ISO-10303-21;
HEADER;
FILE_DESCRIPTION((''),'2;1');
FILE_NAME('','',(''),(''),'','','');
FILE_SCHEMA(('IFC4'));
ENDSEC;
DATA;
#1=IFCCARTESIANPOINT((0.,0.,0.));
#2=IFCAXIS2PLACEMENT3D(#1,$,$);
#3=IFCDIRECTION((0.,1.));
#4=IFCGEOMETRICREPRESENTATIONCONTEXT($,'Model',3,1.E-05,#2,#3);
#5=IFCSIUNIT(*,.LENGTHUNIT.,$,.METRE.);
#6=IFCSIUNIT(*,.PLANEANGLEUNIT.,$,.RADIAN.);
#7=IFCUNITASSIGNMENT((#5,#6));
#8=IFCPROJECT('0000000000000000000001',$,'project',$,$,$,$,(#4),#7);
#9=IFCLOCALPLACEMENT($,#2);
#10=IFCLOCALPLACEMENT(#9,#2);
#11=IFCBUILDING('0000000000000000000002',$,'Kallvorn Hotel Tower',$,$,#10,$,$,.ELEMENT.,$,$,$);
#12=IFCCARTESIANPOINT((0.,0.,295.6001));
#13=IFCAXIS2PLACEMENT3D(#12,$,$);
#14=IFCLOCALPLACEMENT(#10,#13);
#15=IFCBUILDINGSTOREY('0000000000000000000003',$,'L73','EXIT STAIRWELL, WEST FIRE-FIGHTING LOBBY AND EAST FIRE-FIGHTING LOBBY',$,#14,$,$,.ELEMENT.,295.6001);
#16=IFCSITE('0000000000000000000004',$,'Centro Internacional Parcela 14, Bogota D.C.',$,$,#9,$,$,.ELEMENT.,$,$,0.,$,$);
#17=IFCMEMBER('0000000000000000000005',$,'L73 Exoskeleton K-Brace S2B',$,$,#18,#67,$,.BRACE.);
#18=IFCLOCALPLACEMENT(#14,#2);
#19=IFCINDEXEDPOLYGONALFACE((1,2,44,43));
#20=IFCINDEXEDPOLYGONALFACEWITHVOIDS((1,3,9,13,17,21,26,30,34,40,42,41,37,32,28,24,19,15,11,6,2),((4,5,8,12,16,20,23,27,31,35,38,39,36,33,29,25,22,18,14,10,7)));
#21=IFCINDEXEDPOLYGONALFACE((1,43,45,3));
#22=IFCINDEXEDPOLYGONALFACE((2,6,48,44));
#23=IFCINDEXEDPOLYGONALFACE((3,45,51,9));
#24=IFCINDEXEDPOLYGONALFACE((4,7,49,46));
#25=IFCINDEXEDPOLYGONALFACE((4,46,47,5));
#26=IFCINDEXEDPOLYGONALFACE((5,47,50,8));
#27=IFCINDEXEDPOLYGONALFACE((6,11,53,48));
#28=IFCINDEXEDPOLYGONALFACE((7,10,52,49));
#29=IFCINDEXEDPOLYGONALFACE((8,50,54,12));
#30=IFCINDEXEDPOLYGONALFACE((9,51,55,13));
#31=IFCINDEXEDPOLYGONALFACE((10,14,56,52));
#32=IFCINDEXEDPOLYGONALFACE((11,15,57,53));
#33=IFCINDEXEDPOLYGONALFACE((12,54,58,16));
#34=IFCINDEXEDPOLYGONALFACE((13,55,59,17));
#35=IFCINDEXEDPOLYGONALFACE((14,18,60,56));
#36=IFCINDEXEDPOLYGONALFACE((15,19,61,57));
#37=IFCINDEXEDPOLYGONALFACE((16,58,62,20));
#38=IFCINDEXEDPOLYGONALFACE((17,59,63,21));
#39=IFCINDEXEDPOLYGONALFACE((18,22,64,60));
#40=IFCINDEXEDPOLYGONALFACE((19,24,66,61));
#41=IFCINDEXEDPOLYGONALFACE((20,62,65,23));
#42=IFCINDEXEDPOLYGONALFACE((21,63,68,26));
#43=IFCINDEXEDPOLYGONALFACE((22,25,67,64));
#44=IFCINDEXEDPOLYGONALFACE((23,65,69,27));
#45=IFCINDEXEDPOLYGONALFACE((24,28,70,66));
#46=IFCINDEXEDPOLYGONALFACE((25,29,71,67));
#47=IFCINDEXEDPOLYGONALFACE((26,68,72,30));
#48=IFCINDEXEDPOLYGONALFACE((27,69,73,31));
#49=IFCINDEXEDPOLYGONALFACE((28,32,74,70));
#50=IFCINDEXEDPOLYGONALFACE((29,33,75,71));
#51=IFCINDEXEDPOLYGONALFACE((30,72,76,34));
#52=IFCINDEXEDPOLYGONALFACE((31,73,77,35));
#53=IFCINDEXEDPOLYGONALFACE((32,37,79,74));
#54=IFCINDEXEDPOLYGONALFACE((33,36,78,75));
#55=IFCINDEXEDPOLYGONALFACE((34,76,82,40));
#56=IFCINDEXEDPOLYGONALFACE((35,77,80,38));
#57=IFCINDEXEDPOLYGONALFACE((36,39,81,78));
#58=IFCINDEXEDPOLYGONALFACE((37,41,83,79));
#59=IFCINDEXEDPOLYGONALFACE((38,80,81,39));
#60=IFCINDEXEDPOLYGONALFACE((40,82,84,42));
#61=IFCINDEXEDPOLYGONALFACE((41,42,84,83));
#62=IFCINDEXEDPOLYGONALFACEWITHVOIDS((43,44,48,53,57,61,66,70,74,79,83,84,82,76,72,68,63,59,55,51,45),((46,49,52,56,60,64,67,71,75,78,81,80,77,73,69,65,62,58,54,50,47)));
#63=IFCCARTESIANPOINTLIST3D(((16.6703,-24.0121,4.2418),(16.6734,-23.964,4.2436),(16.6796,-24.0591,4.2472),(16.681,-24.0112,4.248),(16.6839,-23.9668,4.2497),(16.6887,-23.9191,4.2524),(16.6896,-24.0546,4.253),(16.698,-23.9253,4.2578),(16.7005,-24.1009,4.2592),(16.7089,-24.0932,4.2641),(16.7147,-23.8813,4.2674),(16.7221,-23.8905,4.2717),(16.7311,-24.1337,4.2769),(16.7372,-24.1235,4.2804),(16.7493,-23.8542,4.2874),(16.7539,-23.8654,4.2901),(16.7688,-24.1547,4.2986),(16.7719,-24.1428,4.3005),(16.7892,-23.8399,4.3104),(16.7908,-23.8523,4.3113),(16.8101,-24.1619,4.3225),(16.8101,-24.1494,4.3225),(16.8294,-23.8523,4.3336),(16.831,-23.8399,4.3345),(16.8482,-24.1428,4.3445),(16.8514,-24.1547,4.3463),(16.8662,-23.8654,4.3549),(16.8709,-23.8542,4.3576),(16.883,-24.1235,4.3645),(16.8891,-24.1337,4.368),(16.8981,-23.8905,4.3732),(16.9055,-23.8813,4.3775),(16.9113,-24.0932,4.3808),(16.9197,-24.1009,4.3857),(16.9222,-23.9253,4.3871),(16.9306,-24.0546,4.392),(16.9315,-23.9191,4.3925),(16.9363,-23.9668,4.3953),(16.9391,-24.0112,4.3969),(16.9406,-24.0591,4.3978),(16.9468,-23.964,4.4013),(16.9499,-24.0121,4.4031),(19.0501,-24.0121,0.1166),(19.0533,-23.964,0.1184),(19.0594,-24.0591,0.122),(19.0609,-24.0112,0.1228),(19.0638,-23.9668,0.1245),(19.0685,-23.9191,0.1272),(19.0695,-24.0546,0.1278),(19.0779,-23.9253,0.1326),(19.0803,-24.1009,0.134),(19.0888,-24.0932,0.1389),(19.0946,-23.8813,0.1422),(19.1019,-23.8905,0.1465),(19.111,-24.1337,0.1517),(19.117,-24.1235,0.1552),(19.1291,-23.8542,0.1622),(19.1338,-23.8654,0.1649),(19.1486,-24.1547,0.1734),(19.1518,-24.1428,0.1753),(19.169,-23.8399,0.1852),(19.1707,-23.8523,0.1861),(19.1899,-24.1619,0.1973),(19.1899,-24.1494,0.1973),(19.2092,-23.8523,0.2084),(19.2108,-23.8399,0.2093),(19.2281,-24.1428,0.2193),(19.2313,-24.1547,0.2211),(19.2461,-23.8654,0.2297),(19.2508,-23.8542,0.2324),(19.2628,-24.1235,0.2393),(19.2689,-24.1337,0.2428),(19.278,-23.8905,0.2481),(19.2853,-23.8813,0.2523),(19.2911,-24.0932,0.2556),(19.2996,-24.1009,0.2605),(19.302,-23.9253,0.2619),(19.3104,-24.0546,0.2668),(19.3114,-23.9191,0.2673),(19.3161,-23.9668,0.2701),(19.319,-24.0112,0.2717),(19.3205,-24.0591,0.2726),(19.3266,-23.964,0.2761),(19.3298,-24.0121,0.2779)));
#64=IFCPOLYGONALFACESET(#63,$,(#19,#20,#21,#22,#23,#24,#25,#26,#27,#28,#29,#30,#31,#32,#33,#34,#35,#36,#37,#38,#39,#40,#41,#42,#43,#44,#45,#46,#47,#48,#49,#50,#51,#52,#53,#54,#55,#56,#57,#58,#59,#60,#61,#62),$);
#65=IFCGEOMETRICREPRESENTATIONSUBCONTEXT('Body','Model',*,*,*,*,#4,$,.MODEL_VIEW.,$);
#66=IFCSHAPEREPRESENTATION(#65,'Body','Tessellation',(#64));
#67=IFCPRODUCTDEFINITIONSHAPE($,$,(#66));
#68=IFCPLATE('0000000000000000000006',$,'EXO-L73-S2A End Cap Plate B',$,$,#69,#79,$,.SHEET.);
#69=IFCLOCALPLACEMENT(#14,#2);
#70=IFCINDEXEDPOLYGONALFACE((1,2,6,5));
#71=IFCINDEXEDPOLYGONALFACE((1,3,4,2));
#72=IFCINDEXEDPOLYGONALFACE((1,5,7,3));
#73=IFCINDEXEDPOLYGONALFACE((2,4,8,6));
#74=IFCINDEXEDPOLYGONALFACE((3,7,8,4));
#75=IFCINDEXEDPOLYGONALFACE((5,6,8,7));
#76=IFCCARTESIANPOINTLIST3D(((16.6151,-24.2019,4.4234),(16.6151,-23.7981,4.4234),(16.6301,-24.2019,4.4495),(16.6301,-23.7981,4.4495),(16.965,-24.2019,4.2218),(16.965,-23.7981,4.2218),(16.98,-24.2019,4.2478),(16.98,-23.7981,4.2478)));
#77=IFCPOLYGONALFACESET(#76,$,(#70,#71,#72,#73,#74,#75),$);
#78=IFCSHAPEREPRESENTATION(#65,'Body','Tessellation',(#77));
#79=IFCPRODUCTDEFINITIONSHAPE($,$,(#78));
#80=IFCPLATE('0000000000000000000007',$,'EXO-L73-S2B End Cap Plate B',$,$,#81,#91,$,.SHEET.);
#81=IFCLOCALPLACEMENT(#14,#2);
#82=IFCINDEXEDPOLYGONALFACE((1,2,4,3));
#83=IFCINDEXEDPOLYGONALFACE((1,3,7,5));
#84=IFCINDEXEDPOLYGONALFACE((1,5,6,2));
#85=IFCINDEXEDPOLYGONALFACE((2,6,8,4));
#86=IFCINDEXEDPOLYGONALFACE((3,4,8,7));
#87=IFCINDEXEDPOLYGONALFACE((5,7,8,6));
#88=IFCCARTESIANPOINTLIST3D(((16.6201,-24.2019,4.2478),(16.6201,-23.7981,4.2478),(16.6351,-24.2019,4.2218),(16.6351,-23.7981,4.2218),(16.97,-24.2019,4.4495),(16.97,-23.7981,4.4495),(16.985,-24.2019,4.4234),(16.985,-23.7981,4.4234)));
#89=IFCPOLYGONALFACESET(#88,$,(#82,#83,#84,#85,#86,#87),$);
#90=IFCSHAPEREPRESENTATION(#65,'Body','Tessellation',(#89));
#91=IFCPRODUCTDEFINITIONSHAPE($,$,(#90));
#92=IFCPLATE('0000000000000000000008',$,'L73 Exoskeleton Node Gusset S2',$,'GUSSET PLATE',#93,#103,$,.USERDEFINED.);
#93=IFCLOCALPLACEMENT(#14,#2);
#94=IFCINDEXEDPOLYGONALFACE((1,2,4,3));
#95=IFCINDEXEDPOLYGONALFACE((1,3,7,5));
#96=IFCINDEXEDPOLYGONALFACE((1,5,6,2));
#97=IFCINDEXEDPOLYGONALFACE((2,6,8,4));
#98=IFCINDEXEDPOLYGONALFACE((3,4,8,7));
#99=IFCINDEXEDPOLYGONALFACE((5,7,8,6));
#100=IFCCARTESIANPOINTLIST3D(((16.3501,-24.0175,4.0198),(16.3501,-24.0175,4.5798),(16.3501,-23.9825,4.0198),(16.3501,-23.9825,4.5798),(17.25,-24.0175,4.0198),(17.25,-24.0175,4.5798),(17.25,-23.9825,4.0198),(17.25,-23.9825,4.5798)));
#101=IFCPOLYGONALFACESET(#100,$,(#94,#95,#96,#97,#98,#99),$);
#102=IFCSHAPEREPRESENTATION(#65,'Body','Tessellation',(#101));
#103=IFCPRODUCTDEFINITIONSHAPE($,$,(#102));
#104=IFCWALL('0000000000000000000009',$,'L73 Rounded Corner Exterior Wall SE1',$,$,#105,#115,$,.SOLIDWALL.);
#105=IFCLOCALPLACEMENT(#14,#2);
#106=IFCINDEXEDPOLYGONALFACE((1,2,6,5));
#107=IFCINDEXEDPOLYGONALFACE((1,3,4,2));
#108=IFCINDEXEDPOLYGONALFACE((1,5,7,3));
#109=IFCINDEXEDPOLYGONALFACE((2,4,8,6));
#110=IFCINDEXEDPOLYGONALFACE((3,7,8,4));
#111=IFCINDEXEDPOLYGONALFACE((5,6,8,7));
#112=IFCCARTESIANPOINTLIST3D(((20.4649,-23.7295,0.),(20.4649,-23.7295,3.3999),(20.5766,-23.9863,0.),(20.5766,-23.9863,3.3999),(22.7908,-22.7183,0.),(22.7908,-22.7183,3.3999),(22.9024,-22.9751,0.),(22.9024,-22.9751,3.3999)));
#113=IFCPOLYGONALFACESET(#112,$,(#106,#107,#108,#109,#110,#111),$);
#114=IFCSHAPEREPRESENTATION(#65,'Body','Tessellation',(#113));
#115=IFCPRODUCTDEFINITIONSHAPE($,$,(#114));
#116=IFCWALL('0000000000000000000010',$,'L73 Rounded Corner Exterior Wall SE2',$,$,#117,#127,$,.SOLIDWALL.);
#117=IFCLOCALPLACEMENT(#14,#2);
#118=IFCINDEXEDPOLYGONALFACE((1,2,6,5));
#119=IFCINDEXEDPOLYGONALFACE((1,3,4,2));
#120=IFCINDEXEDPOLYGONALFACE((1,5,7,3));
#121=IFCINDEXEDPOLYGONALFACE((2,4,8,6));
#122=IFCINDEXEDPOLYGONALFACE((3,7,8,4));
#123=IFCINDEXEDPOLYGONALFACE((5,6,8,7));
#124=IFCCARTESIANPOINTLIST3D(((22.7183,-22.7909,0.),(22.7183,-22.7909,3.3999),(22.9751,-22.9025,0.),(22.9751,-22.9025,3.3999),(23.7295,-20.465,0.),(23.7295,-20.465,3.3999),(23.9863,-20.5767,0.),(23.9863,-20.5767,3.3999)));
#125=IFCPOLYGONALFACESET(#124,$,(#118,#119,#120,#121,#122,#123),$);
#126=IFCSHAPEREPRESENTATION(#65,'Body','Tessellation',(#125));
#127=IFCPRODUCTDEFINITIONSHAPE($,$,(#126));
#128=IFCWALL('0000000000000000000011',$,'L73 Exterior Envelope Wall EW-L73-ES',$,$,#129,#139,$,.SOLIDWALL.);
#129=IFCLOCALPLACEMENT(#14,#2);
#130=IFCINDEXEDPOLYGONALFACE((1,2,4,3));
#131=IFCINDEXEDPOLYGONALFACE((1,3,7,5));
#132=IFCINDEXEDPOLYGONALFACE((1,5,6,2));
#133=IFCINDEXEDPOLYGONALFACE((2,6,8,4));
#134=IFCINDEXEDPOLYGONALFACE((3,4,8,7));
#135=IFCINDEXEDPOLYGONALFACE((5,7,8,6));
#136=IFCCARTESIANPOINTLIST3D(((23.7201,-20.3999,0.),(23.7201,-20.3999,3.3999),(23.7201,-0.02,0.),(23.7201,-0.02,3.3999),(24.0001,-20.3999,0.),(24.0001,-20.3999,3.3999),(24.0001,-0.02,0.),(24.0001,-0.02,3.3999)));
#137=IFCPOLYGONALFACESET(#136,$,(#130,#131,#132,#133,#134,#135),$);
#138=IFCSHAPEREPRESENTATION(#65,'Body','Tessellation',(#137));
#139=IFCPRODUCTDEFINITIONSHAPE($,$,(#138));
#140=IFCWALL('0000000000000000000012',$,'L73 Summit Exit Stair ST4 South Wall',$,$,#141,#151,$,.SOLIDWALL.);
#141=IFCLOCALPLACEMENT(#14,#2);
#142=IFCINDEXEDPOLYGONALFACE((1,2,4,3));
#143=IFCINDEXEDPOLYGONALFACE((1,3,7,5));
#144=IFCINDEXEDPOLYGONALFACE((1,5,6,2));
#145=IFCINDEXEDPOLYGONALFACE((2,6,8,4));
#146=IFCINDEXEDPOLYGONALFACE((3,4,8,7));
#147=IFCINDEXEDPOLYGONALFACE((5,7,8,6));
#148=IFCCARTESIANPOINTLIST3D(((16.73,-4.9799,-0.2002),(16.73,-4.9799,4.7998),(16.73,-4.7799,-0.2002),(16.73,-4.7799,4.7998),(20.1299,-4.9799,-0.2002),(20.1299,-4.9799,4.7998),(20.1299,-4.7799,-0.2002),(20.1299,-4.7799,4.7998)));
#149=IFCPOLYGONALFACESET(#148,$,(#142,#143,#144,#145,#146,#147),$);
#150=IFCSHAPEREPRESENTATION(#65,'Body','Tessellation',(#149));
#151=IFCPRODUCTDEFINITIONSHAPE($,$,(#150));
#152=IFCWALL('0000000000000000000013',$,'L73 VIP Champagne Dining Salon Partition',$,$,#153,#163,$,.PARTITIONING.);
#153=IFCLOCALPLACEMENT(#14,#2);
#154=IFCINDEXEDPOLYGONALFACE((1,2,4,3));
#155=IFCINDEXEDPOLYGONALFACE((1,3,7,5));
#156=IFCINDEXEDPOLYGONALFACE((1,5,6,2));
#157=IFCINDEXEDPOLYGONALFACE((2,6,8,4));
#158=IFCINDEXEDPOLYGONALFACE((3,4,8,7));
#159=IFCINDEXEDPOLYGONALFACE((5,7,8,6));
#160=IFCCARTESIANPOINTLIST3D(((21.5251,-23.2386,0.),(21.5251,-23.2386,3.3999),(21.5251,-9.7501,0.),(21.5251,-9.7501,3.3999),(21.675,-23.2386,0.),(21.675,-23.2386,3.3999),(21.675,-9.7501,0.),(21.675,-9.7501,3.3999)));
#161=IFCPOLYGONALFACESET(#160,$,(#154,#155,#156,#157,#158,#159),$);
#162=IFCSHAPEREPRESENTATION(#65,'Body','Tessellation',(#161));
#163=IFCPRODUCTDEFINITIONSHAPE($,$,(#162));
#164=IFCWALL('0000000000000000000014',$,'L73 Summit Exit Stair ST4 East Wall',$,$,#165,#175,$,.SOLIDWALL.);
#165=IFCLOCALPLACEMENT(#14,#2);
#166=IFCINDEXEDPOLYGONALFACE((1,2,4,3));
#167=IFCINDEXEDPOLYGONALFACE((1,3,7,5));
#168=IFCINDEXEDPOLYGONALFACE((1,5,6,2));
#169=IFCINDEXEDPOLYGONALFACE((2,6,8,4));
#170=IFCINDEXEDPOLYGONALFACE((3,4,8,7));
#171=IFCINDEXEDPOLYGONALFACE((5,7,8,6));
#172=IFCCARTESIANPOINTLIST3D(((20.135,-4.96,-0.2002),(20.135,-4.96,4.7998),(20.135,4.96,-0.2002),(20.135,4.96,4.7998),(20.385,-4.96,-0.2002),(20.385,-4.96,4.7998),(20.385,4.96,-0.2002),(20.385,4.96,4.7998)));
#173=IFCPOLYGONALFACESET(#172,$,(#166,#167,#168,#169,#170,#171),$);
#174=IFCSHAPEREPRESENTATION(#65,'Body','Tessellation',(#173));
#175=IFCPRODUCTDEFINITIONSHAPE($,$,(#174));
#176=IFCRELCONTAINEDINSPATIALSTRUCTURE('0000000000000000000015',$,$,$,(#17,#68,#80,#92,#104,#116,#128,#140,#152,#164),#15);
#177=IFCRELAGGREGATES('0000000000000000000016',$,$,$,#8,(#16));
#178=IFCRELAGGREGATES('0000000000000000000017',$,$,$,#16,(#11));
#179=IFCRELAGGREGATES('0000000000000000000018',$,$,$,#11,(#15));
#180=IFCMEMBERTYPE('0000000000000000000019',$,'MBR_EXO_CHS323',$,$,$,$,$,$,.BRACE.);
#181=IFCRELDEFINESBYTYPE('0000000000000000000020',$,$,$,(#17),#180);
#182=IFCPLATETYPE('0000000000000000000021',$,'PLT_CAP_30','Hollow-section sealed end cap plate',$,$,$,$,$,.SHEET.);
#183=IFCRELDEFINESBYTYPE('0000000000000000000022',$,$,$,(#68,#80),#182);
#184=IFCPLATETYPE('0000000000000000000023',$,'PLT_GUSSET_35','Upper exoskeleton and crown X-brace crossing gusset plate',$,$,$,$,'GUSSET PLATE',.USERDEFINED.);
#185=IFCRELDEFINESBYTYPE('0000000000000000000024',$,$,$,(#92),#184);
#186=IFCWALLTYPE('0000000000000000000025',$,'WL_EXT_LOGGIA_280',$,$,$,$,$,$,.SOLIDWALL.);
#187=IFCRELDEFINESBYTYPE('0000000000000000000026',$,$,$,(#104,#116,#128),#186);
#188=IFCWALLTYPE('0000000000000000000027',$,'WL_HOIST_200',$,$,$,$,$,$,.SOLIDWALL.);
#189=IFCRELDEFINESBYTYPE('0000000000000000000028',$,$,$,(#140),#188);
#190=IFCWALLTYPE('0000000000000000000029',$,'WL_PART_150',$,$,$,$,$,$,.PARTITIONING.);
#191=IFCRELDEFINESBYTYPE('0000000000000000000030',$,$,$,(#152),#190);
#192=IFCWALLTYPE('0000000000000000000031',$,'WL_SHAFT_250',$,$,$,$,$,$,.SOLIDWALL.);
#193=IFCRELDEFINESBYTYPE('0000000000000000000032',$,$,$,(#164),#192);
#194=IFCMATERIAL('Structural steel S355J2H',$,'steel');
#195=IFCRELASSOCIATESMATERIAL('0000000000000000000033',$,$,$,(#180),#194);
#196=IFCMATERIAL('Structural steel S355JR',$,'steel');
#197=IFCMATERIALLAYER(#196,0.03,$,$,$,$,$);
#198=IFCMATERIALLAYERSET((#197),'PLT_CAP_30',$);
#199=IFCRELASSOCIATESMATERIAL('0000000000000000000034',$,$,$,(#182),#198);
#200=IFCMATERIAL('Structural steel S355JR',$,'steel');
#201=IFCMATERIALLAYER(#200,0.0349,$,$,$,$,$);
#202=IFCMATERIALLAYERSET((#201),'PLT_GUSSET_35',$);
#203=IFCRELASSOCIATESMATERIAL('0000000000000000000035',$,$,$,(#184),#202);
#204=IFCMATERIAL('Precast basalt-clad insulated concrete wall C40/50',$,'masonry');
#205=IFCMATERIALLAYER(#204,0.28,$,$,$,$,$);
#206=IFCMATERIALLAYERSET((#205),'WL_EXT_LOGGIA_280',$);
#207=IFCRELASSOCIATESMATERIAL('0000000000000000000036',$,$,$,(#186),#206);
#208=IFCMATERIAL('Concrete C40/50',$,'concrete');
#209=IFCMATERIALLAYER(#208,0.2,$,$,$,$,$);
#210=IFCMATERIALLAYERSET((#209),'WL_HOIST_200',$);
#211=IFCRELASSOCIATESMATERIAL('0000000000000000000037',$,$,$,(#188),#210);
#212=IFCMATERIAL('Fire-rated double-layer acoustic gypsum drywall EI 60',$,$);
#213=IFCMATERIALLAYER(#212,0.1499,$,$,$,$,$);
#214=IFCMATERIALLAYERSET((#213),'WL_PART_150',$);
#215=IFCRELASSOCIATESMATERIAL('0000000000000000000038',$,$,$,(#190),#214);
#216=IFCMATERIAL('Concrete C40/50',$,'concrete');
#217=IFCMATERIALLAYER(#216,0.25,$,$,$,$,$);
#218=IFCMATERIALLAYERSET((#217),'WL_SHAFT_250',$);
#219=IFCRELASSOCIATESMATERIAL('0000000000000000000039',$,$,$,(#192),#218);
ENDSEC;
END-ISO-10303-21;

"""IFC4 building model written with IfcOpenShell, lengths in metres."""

from ifc_helpers import new_model, si_unit, direction, frame, frame_2d, origin, origin_2d, place, context, subcontext, project, spatial, polyline, rectangle, hollow_circle, outline, extrude, material, layer, layer_set, material_profile, profile_set, type_object, element, save


model = new_model("IFC4")

# Units and contexts
model_context = context("Model", 3, precision=1e-05, world=origin(), true_north=direction((0.0, 1.0)))
body_context = subcontext(model_context, "Body", "Model", "MODEL_VIEW")
ifc_project = project(units=[si_unit("LENGTHUNIT", "METRE"), si_unit("PLANEANGLEUNIT", "RADIAN")], contexts=[model_context])

# Site, building, storey
site_placement = place(None, origin())
site = spatial("IfcSite", under=ifc_project, at=site_placement, Name="Centro Internacional Parcela 14, Bogota D.C.", CompositionType="ELEMENT", RefElevation=0.0)
building_placement = place(site_placement, origin())
building = spatial("IfcBuilding", under=site, at=building_placement, Name="Kallvorn Hotel Tower", CompositionType="ELEMENT")
storey_placement = place(building_placement, frame((0.0, 0.0, 295.6001)))
storey = spatial("IfcBuildingStorey", under=building, at=storey_placement, Name="L73", Description="EXIT STAIRWELL, WEST FIRE-FIGHTING LOBBY AND EAST FIRE-FIGHTING LOBBY", CompositionType="ELEMENT", Elevation=295.6001)

# Member
ifc_material_1 = material(Name="Structural steel S355J2H", Category="steel")
ifc_material_profile_1 = material_profile(ifc_material_1, hollow_circle(Radius=0.1619, WallThickness=0.0125, at=origin_2d()), Name="CHS 323.9x12.5")
ifc_profile_set_1 = profile_set([ifc_material_profile_1], Name="Structural steel S355J2H")
member_type = type_object("IfcMemberType", Name="MBR_EXO_CHS323", PredefinedType="BRACE", material=ifc_profile_set_1)
member_1_placement = place(storey_placement, frame((19.1899, -24.0, 0.1973), z_axis=(-0.499712, 0.0, 0.866192), x_axis=(0.0, -1.0, 0.0)))
element("IfcMember", 1, at=member_1_placement, inside=storey, type_object=member_type, Name="L73 Exoskeleton K-Brace S2B", PredefinedType="BRACE", context=body_context, shape_type="SweptSolid", body=[
    extrude(hollow_circle(Radius=0.1619, WallThickness=0.0125, at=origin_2d()), origin(), (0.0, 0.0, 1.0), 4.7625),
])

# Plates
ifc_material_2 = material(Name="Structural steel S355JR", Category="steel")
ifc_layer_1 = layer(ifc_material_2, 0.03)
ifc_layer_set_1 = layer_set([ifc_layer_1], Name="PLT_CAP_30")
plate_type_1 = type_object("IfcPlateType", Name="PLT_CAP_30", Description="Hollow-section sealed end cap plate", PredefinedType="SHEET", material=ifc_layer_set_1)
for number, where, z_axis, x_axis, name in (
    (2, (16.98, -24.2019, 4.2478), (0.499391, 0.0, 0.866377), (0.0, 1.0, 0.0), "EXO-L73-S2A End Cap Plate B"),
    (3, (16.6201, -23.7981, 4.2478), (-0.499391, 0.0, 0.866377), (0.0, -1.0, 0.0), "EXO-L73-S2B End Cap Plate B"),
):
    element("IfcPlate", number, at=place(storey_placement, frame(where, z_axis=z_axis, x_axis=x_axis)), inside=storey, type_object=plate_type_1, Name=name, PredefinedType="SHEET", context=body_context, shape_type="SweptSolid", body=[
        extrude(outline(polyline([(0.0, 0.0), (0.4038, 0.0), (0.4038, 0.4038), (0.0, 0.4038), (0.0, 0.0)])), origin(), (0.0, 0.0, -1.0), 0.03),
    ])
ifc_material_3 = material(Name="Structural steel S355JR", Category="steel")
ifc_layer_2 = layer(ifc_material_3, 0.0349)
ifc_layer_set_2 = layer_set([ifc_layer_2], Name="PLT_GUSSET_35")
plate_type_2 = type_object("IfcPlateType", Name="PLT_GUSSET_35", Description="Upper exoskeleton and crown X-brace crossing gusset plate", ElementType="GUSSET PLATE", PredefinedType="USERDEFINED", material=ifc_layer_set_2)
plate_placement = place(storey_placement, frame((16.8, -24.0, 4.0198), z_axis=(0.0, 0.0, 1.0), x_axis=(1.0, 0.0, 0.0)))
element("IfcPlate", 4, at=plate_placement, inside=storey, type_object=plate_type_2, Name="L73 Exoskeleton Node Gusset S2", ObjectType="GUSSET PLATE", PredefinedType="USERDEFINED", context=body_context, shape_type="SweptSolid", body=[
    extrude(rectangle(XDim=0.8999, YDim=0.0349, at=origin_2d()), origin(), (0.0, 0.0, 1.0), 0.5601),
])

# Walls
ifc_material_4 = material(Name="Precast basalt-clad insulated concrete wall C40/50", Category="masonry")
ifc_layer_3 = layer(ifc_material_4, 0.28)
ifc_layer_set_3 = layer_set([ifc_layer_3], Name="WL_EXT_LOGGIA_280")
wall_type_1 = type_object("IfcWallType", Name="WL_EXT_LOGGIA_280", PredefinedType="SOLIDWALL", material=ifc_layer_set_3)
for number, where, z_axis, x_axis, name in (
    (5, (20.5208, -23.8579, 0.0), (0.0, 0.0, 1.0), (0.917076, 0.398712, 0.0), "L73 Rounded Corner Exterior Wall SE1"),
    (6, (22.8467, -22.8467, 0.0), (0.0, 0.0, 1.0), (0.398712, 0.917076, 0.0), "L73 Rounded Corner Exterior Wall SE2"),
):
    element("IfcWall", number, at=place(storey_placement, frame(where, z_axis=z_axis, x_axis=x_axis)), inside=storey, type_object=wall_type_1, Name=name, PredefinedType="SOLIDWALL", context=body_context, shape_type="SweptSolid", body=[
        extrude(rectangle(XDim=2.5361, YDim=0.28, at=frame_2d((1.2681, 0.0))), origin(), (0.0, 0.0, 1.0), 3.3999),
    ])
wall_1_placement = place(storey_placement, frame((23.8601, -20.3999, 0.0), z_axis=(0.0, 0.0, 1.0), x_axis=(0.0, 1.0, 0.0)))
element("IfcWall", 7, at=wall_1_placement, inside=storey, type_object=wall_type_1, Name="L73 Exterior Envelope Wall EW-L73-ES", PredefinedType="SOLIDWALL", context=body_context, shape_type="SweptSolid", body=[
    extrude(rectangle(XDim=20.3799, YDim=0.28, at=frame_2d((10.1899, 0.0))), origin(), (0.0, 0.0, 1.0), 3.3999),
])
ifc_material_5 = material(Name="Concrete C40/50", Category="concrete")
ifc_layer_4 = layer(ifc_material_5, 0.2)
ifc_layer_set_4 = layer_set([ifc_layer_4], Name="WL_HOIST_200")
wall_type_2 = type_object("IfcWallType", Name="WL_HOIST_200", PredefinedType="SOLIDWALL", material=ifc_layer_set_4)
wall_2_placement = place(storey_placement, frame((16.73, -4.8799, -0.2002), z_axis=(0.0, 0.0, 1.0), x_axis=(1.0, 0.0, 0.0)))
element("IfcWall", 8, at=wall_2_placement, inside=storey, type_object=wall_type_2, Name="L73 Summit Exit Stair ST4 South Wall", PredefinedType="SOLIDWALL", context=body_context, shape_type="SweptSolid", body=[
    extrude(rectangle(XDim=3.3999, YDim=0.2, at=frame_2d((1.7, 0.0))), origin(), (0.0, 0.0, 1.0), 5.0),
])
ifc_material_6 = material(Name="Fire-rated double-layer acoustic gypsum drywall EI 60")
ifc_layer_5 = layer(ifc_material_6, 0.1499)
ifc_layer_set_5 = layer_set([ifc_layer_5], Name="WL_PART_150")
wall_type_3 = type_object("IfcWallType", Name="WL_PART_150", PredefinedType="PARTITIONING", material=ifc_layer_set_5)
wall_3_placement = place(storey_placement, frame((21.6001, -23.2385, 0.0), z_axis=(0.0, 0.0, 1.0), x_axis=(0.0, 1.0, 0.0)))
element("IfcWall", 9, at=wall_3_placement, inside=storey, type_object=wall_type_3, Name="L73 VIP Champagne Dining Salon Partition", PredefinedType="PARTITIONING", context=body_context, shape_type="SweptSolid", body=[
    extrude(rectangle(XDim=13.4885, YDim=0.1499, at=frame_2d((6.7441, 0.0))), origin(), (0.0, 0.0, 1.0), 3.3999),
])
ifc_material_7 = material(Name="Concrete C40/50", Category="concrete")
ifc_layer_6 = layer(ifc_material_7, 0.25)
ifc_layer_set_6 = layer_set([ifc_layer_6], Name="WL_SHAFT_250")
wall_type_4 = type_object("IfcWallType", Name="WL_SHAFT_250", PredefinedType="SOLIDWALL", material=ifc_layer_set_6)
wall_4_placement = place(storey_placement, frame((20.26, -4.96, -0.2002), z_axis=(0.0, 0.0, 1.0), x_axis=(0.0, 1.0, 0.0)))
element("IfcWall", 10, at=wall_4_placement, inside=storey, type_object=wall_type_4, Name="L73 Summit Exit Stair ST4 East Wall", PredefinedType="SOLIDWALL", context=body_context, shape_type="SweptSolid", body=[
    extrude(rectangle(XDim=9.9199, YDim=0.25, at=frame_2d((4.96, 0.0))), origin(), (0.0, 0.0, 1.0), 5.0),
])

save(model, "model.ifc")
